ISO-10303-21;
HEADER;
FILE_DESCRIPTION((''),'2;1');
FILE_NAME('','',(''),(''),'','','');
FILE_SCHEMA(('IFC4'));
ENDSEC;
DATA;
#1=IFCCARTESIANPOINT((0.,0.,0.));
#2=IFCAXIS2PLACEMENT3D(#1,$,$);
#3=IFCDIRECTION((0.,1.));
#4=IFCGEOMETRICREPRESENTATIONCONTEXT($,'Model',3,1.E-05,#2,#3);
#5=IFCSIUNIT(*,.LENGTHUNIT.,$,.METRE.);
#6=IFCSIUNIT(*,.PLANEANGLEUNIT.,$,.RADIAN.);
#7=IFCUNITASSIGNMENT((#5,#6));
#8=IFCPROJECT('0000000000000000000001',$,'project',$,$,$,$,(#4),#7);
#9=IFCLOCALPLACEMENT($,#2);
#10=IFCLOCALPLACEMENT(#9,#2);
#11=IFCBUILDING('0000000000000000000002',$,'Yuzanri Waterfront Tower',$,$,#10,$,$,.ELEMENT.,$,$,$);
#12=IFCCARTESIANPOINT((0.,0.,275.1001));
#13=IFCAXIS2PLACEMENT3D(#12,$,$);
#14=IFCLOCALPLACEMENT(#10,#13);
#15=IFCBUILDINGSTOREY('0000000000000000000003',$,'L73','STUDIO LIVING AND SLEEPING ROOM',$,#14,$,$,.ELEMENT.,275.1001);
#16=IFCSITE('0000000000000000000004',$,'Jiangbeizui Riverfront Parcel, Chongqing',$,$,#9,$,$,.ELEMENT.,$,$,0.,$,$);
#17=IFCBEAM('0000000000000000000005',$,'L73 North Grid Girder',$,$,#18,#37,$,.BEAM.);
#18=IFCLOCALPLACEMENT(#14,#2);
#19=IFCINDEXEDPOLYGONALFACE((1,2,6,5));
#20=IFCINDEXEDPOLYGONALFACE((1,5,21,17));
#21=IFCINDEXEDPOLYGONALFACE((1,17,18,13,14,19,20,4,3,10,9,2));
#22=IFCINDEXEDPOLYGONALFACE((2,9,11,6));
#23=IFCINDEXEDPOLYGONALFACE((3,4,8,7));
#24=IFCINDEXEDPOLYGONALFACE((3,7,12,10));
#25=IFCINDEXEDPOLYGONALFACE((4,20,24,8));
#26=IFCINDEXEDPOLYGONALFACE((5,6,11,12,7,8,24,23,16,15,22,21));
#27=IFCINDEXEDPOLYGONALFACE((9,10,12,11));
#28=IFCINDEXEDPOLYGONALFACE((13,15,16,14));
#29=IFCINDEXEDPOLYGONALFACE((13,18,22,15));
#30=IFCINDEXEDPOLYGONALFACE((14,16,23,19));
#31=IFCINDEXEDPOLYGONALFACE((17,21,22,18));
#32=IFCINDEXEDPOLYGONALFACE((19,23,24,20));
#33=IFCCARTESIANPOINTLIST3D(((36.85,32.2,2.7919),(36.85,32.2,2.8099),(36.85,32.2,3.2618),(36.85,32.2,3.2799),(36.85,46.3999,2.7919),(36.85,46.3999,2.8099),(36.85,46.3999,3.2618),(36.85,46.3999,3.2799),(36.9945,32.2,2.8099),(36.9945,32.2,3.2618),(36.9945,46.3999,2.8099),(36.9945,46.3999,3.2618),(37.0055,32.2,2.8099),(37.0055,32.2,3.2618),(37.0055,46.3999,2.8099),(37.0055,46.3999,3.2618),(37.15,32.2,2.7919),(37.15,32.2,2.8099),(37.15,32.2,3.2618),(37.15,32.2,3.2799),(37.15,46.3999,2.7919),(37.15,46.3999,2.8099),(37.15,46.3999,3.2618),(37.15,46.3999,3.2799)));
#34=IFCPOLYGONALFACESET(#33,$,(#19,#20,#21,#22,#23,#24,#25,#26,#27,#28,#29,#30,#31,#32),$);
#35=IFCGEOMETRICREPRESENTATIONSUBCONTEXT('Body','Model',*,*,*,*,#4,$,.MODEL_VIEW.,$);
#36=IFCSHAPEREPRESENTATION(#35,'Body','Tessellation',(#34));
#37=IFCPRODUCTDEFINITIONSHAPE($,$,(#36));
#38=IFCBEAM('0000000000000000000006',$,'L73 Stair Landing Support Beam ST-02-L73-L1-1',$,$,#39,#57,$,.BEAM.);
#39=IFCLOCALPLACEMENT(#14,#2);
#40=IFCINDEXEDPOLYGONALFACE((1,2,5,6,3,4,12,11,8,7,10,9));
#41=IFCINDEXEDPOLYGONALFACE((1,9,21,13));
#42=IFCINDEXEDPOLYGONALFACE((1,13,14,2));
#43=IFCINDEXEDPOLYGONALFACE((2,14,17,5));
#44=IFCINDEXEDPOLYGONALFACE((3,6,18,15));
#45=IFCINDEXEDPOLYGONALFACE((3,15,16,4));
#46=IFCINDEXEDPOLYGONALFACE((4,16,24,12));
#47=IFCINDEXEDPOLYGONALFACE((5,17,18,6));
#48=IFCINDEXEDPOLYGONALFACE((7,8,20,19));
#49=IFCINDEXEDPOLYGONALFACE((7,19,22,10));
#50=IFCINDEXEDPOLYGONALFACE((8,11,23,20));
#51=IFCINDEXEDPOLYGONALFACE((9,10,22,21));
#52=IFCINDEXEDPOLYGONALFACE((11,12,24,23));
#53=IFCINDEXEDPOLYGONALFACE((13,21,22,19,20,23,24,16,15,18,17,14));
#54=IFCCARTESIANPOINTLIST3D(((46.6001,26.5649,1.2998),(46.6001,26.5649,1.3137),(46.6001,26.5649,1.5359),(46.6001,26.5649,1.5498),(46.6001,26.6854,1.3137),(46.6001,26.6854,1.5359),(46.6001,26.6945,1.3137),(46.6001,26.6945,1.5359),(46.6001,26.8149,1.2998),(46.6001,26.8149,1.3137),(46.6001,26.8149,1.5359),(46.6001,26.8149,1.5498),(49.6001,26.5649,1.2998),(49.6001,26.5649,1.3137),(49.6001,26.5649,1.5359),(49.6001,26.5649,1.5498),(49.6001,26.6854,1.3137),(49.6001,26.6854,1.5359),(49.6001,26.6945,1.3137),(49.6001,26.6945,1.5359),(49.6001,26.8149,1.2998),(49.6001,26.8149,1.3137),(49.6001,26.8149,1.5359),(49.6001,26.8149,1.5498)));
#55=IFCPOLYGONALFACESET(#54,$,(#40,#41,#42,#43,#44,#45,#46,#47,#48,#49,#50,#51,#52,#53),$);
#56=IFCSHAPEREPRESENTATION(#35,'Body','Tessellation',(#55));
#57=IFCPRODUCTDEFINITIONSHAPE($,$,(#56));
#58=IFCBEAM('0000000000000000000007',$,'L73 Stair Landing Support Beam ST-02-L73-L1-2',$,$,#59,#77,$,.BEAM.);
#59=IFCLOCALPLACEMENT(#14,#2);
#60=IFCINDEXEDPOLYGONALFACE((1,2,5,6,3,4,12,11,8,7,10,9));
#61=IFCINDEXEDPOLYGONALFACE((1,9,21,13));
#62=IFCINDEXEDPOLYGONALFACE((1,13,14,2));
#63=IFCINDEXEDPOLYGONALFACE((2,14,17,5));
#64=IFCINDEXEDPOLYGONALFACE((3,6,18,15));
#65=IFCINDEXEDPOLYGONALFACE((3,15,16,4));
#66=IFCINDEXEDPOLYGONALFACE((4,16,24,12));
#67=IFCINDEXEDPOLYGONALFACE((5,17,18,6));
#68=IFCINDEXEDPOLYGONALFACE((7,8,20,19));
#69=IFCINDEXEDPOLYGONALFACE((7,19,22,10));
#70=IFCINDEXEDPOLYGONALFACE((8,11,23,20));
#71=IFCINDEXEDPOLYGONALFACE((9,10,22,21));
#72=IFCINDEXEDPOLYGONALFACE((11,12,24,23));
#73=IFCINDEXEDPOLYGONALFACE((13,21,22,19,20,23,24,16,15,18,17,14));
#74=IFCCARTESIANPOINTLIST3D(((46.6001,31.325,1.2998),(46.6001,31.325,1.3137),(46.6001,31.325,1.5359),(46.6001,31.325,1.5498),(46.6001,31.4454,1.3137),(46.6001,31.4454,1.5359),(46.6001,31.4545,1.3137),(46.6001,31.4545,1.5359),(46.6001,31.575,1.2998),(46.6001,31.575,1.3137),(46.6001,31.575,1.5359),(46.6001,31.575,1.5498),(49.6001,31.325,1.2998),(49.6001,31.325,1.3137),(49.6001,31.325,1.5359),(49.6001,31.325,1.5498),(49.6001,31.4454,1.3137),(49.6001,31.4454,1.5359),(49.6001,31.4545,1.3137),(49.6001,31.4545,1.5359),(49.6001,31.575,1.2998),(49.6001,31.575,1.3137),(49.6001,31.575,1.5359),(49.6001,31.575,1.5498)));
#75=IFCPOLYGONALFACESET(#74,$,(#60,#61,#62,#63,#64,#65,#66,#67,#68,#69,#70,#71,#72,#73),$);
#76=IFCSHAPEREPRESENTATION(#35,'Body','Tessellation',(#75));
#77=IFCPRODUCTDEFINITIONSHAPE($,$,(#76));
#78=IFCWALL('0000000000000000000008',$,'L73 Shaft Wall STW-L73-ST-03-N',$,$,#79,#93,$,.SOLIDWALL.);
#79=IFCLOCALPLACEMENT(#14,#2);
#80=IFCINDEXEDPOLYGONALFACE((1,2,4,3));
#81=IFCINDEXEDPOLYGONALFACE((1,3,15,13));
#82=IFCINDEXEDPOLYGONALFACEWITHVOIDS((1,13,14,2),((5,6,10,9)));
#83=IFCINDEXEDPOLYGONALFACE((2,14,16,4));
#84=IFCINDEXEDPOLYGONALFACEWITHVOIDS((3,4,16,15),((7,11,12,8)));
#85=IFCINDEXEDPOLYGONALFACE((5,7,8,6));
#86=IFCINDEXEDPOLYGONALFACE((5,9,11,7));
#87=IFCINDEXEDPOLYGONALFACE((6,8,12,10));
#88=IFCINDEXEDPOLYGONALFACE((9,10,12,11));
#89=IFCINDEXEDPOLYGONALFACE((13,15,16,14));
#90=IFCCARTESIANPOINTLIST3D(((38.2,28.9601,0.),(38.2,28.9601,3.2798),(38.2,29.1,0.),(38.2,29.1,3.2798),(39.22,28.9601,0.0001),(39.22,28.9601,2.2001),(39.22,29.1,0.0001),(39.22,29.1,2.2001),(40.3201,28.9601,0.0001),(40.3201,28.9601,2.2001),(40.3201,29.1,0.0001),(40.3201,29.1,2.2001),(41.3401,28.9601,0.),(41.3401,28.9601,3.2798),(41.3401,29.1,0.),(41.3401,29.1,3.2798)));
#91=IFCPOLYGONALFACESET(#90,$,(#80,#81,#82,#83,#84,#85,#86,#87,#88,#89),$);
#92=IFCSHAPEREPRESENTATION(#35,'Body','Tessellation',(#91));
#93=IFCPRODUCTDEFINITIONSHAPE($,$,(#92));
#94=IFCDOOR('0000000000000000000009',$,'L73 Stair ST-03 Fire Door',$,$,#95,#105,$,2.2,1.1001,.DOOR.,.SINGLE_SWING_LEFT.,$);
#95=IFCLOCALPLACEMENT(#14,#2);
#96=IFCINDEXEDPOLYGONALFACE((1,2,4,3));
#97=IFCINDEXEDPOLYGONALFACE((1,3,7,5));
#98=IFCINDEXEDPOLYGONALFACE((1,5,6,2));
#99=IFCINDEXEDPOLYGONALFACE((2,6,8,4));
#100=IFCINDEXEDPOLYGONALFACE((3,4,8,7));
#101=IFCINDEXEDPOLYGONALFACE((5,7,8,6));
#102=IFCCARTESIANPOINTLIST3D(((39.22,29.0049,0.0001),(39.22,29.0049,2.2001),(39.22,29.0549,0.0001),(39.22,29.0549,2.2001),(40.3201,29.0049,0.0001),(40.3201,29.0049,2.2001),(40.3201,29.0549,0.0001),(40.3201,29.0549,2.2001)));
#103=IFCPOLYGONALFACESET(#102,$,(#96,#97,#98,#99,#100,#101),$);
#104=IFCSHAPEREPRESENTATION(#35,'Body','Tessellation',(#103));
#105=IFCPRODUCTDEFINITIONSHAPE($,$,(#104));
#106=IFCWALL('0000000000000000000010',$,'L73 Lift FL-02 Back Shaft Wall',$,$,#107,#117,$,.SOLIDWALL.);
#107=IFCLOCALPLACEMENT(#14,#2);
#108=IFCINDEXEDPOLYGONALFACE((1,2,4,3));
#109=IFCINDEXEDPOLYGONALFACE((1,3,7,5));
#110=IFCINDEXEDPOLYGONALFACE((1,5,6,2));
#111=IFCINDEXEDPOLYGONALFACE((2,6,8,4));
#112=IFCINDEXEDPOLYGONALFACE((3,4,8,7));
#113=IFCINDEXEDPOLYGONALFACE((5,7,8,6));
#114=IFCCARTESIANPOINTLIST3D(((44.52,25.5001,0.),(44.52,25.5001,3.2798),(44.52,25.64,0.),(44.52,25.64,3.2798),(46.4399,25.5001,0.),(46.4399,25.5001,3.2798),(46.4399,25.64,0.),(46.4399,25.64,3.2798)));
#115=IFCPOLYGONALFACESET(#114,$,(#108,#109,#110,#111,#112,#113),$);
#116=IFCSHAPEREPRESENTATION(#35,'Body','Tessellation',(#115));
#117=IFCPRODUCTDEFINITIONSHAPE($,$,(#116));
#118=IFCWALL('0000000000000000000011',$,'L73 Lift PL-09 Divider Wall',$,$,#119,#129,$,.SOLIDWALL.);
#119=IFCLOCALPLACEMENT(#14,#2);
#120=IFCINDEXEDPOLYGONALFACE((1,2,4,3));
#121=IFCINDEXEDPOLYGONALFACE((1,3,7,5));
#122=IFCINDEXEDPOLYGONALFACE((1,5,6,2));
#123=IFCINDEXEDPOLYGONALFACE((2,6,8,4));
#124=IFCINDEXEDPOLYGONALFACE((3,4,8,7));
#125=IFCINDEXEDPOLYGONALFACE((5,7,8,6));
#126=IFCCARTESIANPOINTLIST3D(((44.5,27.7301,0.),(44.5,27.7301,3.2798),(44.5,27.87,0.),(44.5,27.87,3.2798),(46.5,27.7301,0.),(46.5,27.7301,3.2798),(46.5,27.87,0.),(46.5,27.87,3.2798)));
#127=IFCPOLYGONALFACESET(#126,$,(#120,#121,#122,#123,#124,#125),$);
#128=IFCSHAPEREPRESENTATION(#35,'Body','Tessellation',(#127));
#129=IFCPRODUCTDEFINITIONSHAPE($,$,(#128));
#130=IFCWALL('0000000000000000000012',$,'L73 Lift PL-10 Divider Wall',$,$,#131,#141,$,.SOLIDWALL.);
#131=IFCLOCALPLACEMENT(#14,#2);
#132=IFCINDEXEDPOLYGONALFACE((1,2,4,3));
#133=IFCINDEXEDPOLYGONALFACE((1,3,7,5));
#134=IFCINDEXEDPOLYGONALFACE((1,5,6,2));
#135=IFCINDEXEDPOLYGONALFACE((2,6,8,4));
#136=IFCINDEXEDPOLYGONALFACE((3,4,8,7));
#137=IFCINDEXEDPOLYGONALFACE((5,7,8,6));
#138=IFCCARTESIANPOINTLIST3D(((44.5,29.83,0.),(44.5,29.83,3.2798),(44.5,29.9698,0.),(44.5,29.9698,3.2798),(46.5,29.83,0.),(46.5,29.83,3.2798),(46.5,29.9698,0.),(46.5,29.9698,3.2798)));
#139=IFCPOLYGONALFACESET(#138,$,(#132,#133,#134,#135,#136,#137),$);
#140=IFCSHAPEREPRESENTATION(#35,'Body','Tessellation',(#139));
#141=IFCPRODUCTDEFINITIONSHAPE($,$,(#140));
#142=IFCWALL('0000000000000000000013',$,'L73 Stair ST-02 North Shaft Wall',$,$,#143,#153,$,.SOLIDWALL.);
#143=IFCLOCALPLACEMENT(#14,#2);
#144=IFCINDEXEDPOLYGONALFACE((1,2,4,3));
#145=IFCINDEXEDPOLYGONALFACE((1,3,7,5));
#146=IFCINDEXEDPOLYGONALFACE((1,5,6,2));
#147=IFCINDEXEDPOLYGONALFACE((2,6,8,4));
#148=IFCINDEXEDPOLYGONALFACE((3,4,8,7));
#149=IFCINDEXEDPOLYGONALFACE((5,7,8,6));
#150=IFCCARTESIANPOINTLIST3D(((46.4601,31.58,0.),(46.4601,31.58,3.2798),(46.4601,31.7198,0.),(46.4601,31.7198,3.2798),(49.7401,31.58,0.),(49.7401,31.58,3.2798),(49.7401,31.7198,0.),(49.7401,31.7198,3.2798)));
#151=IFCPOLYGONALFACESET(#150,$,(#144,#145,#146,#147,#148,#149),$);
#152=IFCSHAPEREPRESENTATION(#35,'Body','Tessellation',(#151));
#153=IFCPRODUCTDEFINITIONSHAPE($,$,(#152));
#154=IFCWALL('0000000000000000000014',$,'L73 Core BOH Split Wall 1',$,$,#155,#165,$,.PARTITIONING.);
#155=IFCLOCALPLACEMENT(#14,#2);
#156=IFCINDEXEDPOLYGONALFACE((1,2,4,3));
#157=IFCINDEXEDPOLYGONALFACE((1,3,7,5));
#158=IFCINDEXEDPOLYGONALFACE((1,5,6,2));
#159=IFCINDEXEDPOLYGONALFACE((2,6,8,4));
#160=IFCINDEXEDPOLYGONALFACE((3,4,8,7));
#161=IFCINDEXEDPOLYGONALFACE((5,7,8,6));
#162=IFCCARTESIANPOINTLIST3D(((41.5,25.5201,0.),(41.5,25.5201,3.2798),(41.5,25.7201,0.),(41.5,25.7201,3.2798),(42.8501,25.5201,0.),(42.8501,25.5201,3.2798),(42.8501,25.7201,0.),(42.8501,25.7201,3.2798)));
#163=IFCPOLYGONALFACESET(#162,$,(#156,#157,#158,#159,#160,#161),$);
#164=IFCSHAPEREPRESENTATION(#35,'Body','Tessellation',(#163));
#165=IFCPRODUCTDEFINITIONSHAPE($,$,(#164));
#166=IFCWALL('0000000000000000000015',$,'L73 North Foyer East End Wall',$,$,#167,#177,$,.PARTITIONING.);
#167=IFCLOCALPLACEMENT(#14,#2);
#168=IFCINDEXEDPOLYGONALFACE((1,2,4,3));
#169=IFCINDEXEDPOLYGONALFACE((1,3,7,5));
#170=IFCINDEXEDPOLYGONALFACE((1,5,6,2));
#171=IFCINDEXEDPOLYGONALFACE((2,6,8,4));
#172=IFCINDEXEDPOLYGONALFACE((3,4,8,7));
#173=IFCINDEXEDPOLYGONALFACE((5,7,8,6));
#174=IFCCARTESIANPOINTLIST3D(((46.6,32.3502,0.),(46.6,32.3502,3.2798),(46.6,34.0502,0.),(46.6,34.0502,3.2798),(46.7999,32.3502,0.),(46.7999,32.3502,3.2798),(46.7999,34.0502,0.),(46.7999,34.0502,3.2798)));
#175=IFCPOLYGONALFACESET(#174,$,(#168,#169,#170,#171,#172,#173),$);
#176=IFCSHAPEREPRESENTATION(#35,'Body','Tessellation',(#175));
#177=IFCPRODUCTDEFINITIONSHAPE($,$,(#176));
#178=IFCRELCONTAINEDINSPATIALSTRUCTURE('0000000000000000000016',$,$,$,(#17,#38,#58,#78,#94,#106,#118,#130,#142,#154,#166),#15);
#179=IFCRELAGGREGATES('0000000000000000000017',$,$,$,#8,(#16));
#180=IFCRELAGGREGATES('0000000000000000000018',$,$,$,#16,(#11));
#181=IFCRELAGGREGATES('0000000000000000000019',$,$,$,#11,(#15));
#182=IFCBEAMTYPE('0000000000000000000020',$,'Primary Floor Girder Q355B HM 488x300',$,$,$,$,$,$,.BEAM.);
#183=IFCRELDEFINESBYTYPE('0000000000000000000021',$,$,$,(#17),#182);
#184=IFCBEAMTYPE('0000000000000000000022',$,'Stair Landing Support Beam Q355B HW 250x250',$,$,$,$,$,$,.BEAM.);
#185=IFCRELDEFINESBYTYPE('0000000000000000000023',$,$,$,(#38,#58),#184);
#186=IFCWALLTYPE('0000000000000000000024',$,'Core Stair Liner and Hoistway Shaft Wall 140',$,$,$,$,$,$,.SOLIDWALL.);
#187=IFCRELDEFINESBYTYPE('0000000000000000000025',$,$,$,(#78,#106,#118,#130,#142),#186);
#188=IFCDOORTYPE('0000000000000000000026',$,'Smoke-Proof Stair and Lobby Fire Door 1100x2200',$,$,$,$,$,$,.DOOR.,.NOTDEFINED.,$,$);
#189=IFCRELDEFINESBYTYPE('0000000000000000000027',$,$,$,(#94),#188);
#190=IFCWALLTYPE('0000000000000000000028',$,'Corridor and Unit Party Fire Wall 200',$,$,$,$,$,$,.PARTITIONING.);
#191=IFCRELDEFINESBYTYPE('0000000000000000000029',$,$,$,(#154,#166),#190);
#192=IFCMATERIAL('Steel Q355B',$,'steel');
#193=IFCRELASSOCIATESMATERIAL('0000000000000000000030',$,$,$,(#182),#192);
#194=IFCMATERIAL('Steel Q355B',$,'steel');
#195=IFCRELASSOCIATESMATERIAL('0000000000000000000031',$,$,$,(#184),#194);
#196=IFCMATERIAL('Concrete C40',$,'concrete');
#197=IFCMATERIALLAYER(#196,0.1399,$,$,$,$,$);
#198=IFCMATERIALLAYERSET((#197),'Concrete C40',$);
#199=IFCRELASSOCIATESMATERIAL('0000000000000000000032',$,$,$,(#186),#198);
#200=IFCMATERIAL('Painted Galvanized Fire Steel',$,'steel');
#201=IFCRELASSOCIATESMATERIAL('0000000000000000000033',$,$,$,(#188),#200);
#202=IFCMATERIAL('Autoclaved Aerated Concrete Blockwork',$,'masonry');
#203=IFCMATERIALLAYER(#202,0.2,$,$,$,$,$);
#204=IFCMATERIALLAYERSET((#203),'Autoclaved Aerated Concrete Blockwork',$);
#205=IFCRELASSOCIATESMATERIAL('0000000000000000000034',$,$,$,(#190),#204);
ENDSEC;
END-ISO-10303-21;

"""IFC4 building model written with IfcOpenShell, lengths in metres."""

from ifc_helpers import new_model, si_unit, direction, frame, frame_2d, origin, origin_2d, place, context, subcontext, project, spatial, rectangle, i_section, extrude, source, transform, mapped, material, layer, layer_set, material_profile, profile_set, type_object, element, fill, save


model = new_model("IFC4")

# Units and contexts
model_context = context("Model", 3, precision=1e-05, world=origin(), true_north=direction((0.0, 1.0)))
body_context = subcontext(model_context, "Body", "Model", "MODEL_VIEW")
ifc_project = project(units=[si_unit("LENGTHUNIT", "METRE"), si_unit("PLANEANGLEUNIT", "RADIAN")], contexts=[model_context])

# Site, building, storey
site_placement = place(None, origin())
site = spatial("IfcSite", under=ifc_project, at=site_placement, Name="Jiangbeizui Riverfront Parcel, Chongqing", CompositionType="ELEMENT", RefElevation=0.0)
building_placement = place(site_placement, origin())
building = spatial("IfcBuilding", under=site, at=building_placement, Name="Yuzanri Waterfront Tower", CompositionType="ELEMENT")
storey_placement = place(building_placement, frame((0.0, 0.0, 275.1001)))
storey = spatial("IfcBuildingStorey", under=building, at=storey_placement, Name="L73", Description="STUDIO LIVING AND SLEEPING ROOM", CompositionType="ELEMENT", Elevation=275.1001)

# Beams
ifc_material_1 = material(Name="Steel Q355B", Category="steel")
ifc_material_profile_1 = material_profile(ifc_material_1, i_section(OverallWidth=0.3, OverallDepth=0.488, WebThickness=0.011, FlangeThickness=0.0181, at=origin_2d()), Name="HM 488x300x11x18")
ifc_profile_set_1 = profile_set([ifc_material_profile_1], Name="Steel Q355B")
beam_type_1 = type_object("IfcBeamType", Name="Primary Floor Girder Q355B HM 488x300", PredefinedType="BEAM", material=ifc_profile_set_1)
shared_shape_1 = source(origin(), body_context, "Body", "SweptSolid", [
    extrude(i_section(OverallWidth=0.3, OverallDepth=0.488, WebThickness=0.011, FlangeThickness=0.0181, at=origin_2d()), origin(), (0.0, 0.0, 1.0), 14.2),
])
beam_placement = place(storey_placement, frame((37.0, 32.2, 3.0359), z_axis=(0.0, 1.0, 0.0), x_axis=(-1.0, 0.0, 0.0)))
element("IfcBeam", 1, at=beam_placement, inside=storey, type_object=beam_type_1, Name="L73 North Grid Girder", PredefinedType="BEAM", context=body_context, shape_type="MappedRepresentation", body=[
    mapped(shared_shape_1, transform((0.0, 0.0, 0.0), scale=1.0)),
])
ifc_material_2 = material(Name="Steel Q355B", Category="steel")
ifc_material_profile_2 = material_profile(ifc_material_2, i_section(OverallWidth=0.25, OverallDepth=0.25, WebThickness=0.009, FlangeThickness=0.0139, at=origin_2d()), Name="HW 250x250x9x14")
ifc_profile_set_2 = profile_set([ifc_material_profile_2], Name="Steel Q355B")
beam_type_2 = type_object("IfcBeamType", Name="Stair Landing Support Beam Q355B HW 250x250", PredefinedType="BEAM", material=ifc_profile_set_2)
shared_shape_2 = source(origin(), body_context, "Body", "SweptSolid", [
    extrude(i_section(OverallWidth=0.25, OverallDepth=0.25, WebThickness=0.009, FlangeThickness=0.0139, at=origin_2d()), origin(), (0.0, 0.0, 1.0), 3.0),
])
for number, where, z_axis, x_axis, name in (
    (2, (46.6001, 26.6899, 1.4248), (1.0, 0.0, 0.0), (0.0, 1.0, 0.0), "L73 Stair Landing Support Beam ST-02-L73-L1-1"),
    (3, (46.6001, 31.45, 1.4248), (1.0, 0.0, 0.0), (0.0, 1.0, 0.0), "L73 Stair Landing Support Beam ST-02-L73-L1-2"),
):
    element("IfcBeam", number, at=place(storey_placement, frame(where, z_axis=z_axis, x_axis=x_axis)), inside=storey, type_object=beam_type_2, Name=name, PredefinedType="BEAM", context=body_context, shape_type="MappedRepresentation", body=[
        mapped(shared_shape_2, transform((0.0, 0.0, 0.0), scale=1.0)),
    ])

# Wall, opening, door
ifc_material_3 = material(Name="Concrete C40", Category="concrete")
ifc_layer_1 = layer(ifc_material_3, 0.1399)
ifc_layer_set_1 = layer_set([ifc_layer_1], Name="Concrete C40")
wall_type_1 = type_object("IfcWallType", Name="Core Stair Liner and Hoistway Shaft Wall 140", PredefinedType="SOLIDWALL", material=ifc_layer_set_1)
wall_1_placement = place(storey_placement, frame((38.2, 29.03, 0.0), z_axis=(0.0, 0.0, 1.0), x_axis=(1.0, 0.0, 0.0)))
wall_1 = element("IfcWall", 4, at=wall_1_placement, inside=storey, type_object=wall_type_1, Name="L73 Shaft Wall STW-L73-ST-03-N", PredefinedType="SOLIDWALL", context=body_context, shape_type="SweptSolid", body=[
    extrude(rectangle(XDim=3.1401, YDim=0.1399, at=frame_2d((1.5701, 0.0))), origin(), (0.0, 0.0, 1.0), 3.2798),
])
opening_1_placement = place(wall_1_placement, frame((1.02, 0.0, 0.0)))
opening_1 = element("IfcOpeningElement", 5, at=opening_1_placement, cuts=wall_1, PredefinedType="OPENING", context=body_context, shape_type="SweptSolid", body=[
    extrude(rectangle(XDim=1.1001, YDim=2.2, at=frame_2d((0.55, 1.1001))), frame((0.0, 0.085, 0.0), z_axis=(0.0, -1.0, 0.0), x_axis=(1.0, 0.0, 0.0)), (0.0, 0.0, 1.0), 0.1697),
])
ifc_material_4 = material(Name="Painted Galvanized Fire Steel", Category="steel")
door_type_1 = type_object("IfcDoorType", Name="Smoke-Proof Stair and Lobby Fire Door 1100x2200", OperationType="NOTDEFINED", PredefinedType="DOOR", material=ifc_material_4)
shared_shape_3 = source(origin(), body_context, "Body", "SweptSolid", [
    extrude(rectangle(XDim=1.1001, YDim=2.2, at=frame_2d((0.55, 1.1001))), frame((0.0, 0.0249, 0.0), z_axis=(0.0, -1.0, 0.0), x_axis=(1.0, 0.0, 0.0)), (0.0, 0.0, 1.0), 0.05),
])
door_1_placement = place(opening_1_placement, origin())
door_1 = element("IfcDoor", 6, at=door_1_placement, inside=storey, type_object=door_type_1, Name="L73 Stair ST-03 Fire Door", OperationType="SINGLE_SWING_LEFT", OverallHeight=2.2, OverallWidth=1.1001, PredefinedType="DOOR", context=body_context, shape_type="MappedRepresentation", body=[
    mapped(shared_shape_3, transform((0.0, 0.0, 0.0), scale=1.0)),
])
fill(opening_1, door_1)
ifc_material_5 = material(Name="Autoclaved Aerated Concrete Blockwork", Category="masonry")
ifc_layer_2 = layer(ifc_material_5, 0.2)
ifc_layer_set_2 = layer_set([ifc_layer_2], Name="Autoclaved Aerated Concrete Blockwork")
wall_type_2 = type_object("IfcWallType", Name="Corridor and Unit Party Fire Wall 200", PredefinedType="PARTITIONING", material=ifc_layer_set_2)

# Walls
shared_shape_4 = source(origin(), body_context, "Body", "SweptSolid", [
    extrude(rectangle(XDim=1.9199, YDim=0.1399, at=frame_2d((0.96, 0.0))), origin(), (0.0, 0.0, 1.0), 3.2798),
])
wall_2_placement = place(storey_placement, frame((44.52, 25.5701, 0.0), z_axis=(0.0, 0.0, 1.0), x_axis=(1.0, 0.0, 0.0)))
element("IfcWall", 7, at=wall_2_placement, inside=storey, type_object=wall_type_1, Name="L73 Lift FL-02 Back Shaft Wall", PredefinedType="SOLIDWALL", context=body_context, shape_type="MappedRepresentation", body=[
    mapped(shared_shape_4, transform((0.0, 0.0, 0.0), scale=1.0)),
])
shared_shape_5 = source(origin(), body_context, "Body", "SweptSolid", [
    extrude(rectangle(XDim=2.0, YDim=0.1399, at=frame_2d((1.0, 0.0))), origin(), (0.0, 0.0, 1.0), 3.2798),
])
for number, where, z_axis, x_axis, name in (
    (8, (44.5, 27.8, 0.0), (0.0, 0.0, 1.0), (1.0, 0.0, 0.0), "L73 Lift PL-09 Divider Wall"),
    (9, (44.5, 29.8999, 0.0), (0.0, 0.0, 1.0), (1.0, 0.0, 0.0), "L73 Lift PL-10 Divider Wall"),
):
    element("IfcWall", number, at=place(storey_placement, frame(where, z_axis=z_axis, x_axis=x_axis)), inside=storey, type_object=wall_type_1, Name=name, PredefinedType="SOLIDWALL", context=body_context, shape_type="MappedRepresentation", body=[
        mapped(shared_shape_5, transform((0.0, 0.0, 0.0), scale=1.0)),
    ])
shared_shape_6 = source(origin(), body_context, "Body", "SweptSolid", [
    extrude(rectangle(XDim=3.28, YDim=0.1399, at=frame_2d((1.6401, 0.0))), origin(), (0.0, 0.0, 1.0), 3.2798),
])
wall_3_placement = place(storey_placement, frame((46.46, 31.6499, 0.0), z_axis=(0.0, 0.0, 1.0), x_axis=(1.0, 0.0, 0.0)))
element("IfcWall", 10, at=wall_3_placement, inside=storey, type_object=wall_type_1, Name="L73 Stair ST-02 North Shaft Wall", PredefinedType="SOLIDWALL", context=body_context, shape_type="MappedRepresentation", body=[
    mapped(shared_shape_6, transform((0.0, 0.0, 0.0), scale=1.0)),
])
shared_shape_7 = source(origin(), body_context, "Body", "SweptSolid", [
    extrude(rectangle(XDim=1.3501, YDim=0.2, at=frame_2d((0.675, 0.0))), origin(), (0.0, 0.0, 1.0), 3.2798),
])
wall_4_placement = place(storey_placement, frame((41.5, 25.6201, 0.0), z_axis=(0.0, 0.0, 1.0), x_axis=(1.0, 0.0, 0.0)))
element("IfcWall", 11, at=wall_4_placement, inside=storey, type_object=wall_type_2, Name="L73 Core BOH Split Wall 1", PredefinedType="PARTITIONING", context=body_context, shape_type="MappedRepresentation", body=[
    mapped(shared_shape_7, transform((0.0, 0.0, 0.0), scale=1.0)),
])
shared_shape_8 = source(origin(), body_context, "Body", "SweptSolid", [
    extrude(rectangle(XDim=1.7, YDim=0.2, at=frame_2d((0.8501, 0.0))), origin(), (0.0, 0.0, 1.0), 3.2798),
])
wall_5_placement = place(storey_placement, frame((46.7, 32.3501, 0.0), z_axis=(0.0, 0.0, 1.0), x_axis=(0.0, 1.0, 0.0)))
element("IfcWall", 12, at=wall_5_placement, inside=storey, type_object=wall_type_2, Name="L73 North Foyer East End Wall", PredefinedType="PARTITIONING", context=body_context, shape_type="MappedRepresentation", body=[
    mapped(shared_shape_8, transform((0.0, 0.0, 0.0), scale=1.0)),
])

save(model, "model.ifc")
